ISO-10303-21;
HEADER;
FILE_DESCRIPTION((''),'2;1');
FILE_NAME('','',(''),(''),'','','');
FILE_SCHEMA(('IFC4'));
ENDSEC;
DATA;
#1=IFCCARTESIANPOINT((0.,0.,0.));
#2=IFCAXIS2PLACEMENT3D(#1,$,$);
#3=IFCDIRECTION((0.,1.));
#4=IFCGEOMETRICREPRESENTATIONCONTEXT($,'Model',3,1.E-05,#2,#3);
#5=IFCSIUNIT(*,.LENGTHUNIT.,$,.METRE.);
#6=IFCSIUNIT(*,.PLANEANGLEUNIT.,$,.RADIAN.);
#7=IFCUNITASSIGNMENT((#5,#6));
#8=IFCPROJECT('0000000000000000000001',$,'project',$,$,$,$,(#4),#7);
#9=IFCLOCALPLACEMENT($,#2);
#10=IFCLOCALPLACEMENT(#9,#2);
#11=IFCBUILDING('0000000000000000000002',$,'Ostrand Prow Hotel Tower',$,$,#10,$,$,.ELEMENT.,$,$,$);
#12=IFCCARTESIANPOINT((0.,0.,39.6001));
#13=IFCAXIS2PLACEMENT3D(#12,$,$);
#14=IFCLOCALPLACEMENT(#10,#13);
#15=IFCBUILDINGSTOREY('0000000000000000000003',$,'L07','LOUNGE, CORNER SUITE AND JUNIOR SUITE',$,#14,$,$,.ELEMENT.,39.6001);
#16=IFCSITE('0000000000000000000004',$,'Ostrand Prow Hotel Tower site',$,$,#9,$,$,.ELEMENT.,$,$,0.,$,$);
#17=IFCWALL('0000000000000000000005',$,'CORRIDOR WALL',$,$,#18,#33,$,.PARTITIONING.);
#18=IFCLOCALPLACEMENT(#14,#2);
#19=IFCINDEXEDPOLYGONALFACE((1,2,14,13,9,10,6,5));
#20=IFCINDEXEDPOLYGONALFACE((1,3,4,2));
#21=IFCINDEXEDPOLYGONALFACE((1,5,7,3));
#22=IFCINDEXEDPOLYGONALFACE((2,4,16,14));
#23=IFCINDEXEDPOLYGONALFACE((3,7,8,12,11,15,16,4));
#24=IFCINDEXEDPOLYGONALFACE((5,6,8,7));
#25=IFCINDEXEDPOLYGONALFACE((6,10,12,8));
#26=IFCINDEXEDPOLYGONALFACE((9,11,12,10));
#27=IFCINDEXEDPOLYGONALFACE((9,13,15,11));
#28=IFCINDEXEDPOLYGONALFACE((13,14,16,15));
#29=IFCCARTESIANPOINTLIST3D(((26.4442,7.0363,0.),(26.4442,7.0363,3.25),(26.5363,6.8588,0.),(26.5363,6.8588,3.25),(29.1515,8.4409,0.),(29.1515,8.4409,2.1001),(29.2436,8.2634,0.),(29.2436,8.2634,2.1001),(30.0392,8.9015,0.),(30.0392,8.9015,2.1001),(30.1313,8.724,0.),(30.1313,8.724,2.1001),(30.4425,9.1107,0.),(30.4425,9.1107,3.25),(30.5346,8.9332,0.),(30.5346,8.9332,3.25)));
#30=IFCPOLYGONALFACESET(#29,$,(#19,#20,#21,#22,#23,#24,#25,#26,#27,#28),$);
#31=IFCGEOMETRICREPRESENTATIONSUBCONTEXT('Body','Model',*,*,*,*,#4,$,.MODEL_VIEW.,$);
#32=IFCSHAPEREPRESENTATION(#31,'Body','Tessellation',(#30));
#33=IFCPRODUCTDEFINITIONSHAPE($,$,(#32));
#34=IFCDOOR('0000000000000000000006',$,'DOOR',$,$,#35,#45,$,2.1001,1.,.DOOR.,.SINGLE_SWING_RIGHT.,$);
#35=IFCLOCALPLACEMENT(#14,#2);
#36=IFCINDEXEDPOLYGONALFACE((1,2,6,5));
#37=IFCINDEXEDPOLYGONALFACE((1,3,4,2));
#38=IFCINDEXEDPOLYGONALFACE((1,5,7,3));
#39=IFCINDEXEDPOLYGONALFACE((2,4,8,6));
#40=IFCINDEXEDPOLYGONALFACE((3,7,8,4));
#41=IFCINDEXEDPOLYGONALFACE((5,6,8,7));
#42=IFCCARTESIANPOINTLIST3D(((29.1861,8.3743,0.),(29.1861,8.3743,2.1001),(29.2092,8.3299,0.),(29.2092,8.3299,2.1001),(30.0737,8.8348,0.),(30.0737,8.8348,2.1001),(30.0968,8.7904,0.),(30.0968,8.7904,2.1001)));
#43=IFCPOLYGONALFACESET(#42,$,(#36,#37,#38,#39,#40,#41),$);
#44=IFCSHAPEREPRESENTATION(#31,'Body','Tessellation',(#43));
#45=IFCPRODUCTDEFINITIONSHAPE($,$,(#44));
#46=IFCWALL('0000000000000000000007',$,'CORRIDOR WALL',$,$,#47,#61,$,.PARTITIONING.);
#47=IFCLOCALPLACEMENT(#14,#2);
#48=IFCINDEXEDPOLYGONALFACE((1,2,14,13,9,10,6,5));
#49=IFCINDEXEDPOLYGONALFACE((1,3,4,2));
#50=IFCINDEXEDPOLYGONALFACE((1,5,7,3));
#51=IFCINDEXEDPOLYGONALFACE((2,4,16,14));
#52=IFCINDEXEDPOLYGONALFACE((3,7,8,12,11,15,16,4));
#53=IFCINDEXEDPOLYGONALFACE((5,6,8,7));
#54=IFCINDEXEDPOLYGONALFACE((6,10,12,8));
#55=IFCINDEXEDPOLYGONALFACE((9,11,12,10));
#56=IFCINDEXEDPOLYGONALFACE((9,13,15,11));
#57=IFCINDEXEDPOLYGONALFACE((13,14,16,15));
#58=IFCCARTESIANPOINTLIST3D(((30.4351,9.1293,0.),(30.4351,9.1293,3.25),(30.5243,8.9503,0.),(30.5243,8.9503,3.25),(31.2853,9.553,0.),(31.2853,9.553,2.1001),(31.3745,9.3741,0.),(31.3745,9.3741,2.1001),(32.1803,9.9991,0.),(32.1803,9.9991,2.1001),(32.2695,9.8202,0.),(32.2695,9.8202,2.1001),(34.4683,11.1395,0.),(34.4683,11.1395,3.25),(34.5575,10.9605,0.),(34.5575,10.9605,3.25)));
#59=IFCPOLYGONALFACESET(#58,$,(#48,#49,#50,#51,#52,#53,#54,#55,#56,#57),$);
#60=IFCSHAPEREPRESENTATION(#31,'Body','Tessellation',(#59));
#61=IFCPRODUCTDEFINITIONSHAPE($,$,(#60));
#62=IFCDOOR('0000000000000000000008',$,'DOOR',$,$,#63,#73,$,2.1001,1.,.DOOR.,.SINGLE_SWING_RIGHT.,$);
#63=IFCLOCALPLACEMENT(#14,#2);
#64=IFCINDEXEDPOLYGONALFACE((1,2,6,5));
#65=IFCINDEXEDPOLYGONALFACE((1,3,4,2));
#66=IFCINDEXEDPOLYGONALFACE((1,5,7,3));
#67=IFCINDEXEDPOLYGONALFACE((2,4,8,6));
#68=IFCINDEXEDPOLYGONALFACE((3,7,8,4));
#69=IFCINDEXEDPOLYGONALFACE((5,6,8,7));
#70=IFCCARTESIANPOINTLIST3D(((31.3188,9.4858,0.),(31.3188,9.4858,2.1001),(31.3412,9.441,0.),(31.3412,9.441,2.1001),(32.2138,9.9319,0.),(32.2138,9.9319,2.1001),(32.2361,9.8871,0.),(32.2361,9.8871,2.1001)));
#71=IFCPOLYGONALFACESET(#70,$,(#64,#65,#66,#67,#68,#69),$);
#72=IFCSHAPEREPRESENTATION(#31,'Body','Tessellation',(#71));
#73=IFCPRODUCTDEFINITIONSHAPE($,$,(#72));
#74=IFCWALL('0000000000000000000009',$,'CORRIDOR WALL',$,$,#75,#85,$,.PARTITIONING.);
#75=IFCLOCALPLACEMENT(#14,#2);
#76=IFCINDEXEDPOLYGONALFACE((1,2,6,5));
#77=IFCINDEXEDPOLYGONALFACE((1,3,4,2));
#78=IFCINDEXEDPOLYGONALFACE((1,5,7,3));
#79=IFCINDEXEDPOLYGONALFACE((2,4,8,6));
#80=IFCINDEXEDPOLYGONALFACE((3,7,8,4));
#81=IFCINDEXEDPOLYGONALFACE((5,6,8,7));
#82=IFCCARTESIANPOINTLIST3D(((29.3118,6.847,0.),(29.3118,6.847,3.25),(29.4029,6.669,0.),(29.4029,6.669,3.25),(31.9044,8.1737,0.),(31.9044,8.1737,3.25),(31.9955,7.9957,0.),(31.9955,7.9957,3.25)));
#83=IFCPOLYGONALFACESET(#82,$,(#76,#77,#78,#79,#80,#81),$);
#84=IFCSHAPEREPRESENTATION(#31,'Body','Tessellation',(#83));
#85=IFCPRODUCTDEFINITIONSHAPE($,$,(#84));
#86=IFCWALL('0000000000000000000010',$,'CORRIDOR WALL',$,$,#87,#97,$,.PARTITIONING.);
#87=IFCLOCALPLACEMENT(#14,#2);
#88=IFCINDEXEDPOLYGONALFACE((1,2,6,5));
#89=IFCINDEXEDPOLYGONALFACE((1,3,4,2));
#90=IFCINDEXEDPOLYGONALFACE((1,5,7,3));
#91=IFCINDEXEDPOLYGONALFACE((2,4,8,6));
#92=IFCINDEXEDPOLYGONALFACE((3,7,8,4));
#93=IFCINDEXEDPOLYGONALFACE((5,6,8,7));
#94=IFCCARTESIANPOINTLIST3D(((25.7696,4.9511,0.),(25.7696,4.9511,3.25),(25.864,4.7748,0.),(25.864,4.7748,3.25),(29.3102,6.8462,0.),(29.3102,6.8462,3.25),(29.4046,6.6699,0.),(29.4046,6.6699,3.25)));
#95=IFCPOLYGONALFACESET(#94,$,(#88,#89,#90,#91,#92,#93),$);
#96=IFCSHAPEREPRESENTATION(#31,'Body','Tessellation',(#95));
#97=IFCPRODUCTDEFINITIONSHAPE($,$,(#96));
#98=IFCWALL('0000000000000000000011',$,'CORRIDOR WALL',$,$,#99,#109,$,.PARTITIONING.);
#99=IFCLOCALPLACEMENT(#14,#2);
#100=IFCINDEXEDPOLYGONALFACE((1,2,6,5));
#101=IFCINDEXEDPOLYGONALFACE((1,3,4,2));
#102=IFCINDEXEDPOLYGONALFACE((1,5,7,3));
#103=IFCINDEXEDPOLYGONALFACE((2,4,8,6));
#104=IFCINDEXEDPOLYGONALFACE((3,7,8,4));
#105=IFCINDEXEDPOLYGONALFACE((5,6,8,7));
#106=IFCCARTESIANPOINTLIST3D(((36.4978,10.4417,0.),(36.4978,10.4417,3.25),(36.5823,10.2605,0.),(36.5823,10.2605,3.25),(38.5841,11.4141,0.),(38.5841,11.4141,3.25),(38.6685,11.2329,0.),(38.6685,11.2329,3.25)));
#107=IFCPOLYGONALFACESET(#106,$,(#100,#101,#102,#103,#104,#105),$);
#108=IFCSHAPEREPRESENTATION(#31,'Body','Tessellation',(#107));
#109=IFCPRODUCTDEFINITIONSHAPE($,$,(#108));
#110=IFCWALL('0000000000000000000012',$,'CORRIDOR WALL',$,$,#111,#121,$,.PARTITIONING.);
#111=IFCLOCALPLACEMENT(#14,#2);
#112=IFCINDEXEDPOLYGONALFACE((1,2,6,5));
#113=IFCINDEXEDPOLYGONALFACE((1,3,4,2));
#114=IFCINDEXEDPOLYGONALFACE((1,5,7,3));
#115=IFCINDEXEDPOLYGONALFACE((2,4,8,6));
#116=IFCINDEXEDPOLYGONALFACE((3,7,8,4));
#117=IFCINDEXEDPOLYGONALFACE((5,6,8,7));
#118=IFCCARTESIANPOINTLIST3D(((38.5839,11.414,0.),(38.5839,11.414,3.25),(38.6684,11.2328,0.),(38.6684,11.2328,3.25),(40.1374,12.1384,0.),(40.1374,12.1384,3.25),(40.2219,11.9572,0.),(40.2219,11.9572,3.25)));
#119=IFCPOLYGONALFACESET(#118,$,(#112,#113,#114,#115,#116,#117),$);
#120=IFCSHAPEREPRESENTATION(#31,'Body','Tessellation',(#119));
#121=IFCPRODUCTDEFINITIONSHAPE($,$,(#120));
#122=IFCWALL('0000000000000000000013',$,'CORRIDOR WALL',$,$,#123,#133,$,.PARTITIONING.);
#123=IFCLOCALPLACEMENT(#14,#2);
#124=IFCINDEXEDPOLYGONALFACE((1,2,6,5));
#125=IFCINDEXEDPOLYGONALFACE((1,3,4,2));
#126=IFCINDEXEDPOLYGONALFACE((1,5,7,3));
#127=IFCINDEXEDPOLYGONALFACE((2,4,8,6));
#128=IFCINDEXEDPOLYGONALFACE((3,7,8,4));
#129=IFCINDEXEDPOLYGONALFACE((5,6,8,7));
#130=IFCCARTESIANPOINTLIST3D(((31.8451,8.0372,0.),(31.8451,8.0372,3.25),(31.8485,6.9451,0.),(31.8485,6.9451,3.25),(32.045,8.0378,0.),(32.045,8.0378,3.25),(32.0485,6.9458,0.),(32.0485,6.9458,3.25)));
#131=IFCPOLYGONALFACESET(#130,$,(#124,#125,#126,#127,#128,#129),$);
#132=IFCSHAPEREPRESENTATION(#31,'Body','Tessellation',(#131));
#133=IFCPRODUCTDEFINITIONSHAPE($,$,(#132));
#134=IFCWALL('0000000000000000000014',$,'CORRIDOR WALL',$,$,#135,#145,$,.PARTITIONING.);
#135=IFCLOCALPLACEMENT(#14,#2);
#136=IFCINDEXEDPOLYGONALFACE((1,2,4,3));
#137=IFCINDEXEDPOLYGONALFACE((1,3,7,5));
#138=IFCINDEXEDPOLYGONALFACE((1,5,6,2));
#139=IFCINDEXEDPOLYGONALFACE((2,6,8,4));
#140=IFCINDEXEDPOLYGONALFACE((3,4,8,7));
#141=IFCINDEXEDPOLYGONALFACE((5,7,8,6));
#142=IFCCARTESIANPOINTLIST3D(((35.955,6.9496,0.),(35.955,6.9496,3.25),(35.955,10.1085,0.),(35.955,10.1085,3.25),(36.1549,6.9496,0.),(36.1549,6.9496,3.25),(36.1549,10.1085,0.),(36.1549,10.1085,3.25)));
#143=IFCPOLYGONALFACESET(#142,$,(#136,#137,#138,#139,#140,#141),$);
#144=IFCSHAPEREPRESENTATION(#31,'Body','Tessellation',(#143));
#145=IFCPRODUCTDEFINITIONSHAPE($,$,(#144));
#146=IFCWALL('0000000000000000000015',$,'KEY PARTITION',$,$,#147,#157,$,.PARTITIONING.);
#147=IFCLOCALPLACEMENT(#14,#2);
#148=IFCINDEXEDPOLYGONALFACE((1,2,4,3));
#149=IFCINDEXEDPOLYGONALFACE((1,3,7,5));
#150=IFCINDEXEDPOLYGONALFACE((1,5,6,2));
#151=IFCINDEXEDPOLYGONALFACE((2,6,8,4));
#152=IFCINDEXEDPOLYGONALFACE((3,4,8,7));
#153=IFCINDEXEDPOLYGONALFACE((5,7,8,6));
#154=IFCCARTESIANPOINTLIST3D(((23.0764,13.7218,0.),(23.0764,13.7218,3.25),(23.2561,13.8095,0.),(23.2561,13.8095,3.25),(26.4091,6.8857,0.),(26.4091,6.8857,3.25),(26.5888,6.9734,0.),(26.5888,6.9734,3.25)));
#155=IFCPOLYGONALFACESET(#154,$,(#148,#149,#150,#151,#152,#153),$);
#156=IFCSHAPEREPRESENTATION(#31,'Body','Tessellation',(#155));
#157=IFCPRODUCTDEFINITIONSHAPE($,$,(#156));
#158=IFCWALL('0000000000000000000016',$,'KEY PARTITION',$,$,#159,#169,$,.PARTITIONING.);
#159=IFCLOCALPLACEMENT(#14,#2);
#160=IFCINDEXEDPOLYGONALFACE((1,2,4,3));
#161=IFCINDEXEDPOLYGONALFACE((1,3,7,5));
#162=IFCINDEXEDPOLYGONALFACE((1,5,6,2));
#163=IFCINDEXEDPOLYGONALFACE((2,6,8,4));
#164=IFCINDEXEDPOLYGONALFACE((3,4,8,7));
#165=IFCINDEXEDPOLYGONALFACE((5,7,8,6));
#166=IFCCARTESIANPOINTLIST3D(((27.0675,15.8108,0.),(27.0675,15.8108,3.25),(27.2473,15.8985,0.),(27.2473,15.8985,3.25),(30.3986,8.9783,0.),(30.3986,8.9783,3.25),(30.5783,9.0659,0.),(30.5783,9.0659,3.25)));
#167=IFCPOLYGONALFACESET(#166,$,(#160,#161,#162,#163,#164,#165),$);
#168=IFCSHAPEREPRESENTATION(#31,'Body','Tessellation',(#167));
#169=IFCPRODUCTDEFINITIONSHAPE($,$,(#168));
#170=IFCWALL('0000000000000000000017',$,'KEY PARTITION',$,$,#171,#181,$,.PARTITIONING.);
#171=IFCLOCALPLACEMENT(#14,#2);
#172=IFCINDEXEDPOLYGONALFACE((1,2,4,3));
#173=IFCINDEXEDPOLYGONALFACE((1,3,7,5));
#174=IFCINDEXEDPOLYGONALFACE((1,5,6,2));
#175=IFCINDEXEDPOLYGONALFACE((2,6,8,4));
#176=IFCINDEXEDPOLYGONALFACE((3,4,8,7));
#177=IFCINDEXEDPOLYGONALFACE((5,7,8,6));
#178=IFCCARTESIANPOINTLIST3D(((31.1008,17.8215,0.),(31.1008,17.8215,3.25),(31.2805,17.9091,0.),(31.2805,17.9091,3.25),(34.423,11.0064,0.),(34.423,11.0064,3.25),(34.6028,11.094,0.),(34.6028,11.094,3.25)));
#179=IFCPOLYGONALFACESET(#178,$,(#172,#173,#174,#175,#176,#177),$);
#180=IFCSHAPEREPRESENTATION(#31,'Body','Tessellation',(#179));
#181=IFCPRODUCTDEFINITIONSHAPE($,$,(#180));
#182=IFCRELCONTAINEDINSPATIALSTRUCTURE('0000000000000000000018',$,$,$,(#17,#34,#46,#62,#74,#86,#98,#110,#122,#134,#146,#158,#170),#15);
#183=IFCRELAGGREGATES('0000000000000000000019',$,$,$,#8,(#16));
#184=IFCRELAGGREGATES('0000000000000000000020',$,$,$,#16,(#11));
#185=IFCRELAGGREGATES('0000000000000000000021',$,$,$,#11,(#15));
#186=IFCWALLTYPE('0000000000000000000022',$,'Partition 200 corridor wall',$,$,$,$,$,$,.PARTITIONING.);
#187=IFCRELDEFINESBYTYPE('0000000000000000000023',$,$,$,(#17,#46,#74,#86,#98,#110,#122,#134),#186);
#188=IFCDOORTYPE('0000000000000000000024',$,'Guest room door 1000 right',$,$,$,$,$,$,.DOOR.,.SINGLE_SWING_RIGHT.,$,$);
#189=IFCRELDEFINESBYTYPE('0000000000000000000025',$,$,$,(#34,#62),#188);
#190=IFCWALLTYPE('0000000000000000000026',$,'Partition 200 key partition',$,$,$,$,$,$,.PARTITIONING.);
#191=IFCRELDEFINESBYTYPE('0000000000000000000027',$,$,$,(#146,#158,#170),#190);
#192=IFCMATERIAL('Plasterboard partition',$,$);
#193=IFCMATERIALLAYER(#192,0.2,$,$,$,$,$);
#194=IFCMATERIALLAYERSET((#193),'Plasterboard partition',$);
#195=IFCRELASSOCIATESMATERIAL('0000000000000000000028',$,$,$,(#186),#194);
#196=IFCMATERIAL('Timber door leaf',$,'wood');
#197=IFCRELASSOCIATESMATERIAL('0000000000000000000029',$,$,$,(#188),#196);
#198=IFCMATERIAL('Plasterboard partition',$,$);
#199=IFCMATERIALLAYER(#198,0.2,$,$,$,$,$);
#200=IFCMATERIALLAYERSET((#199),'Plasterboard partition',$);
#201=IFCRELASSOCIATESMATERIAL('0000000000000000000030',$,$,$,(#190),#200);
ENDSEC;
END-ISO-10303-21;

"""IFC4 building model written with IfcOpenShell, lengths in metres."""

from ifc_helpers import new_model, si_unit, direction, frame, frame_2d, origin, place, context, subcontext, project, spatial, rectangle, extrude, material, layer, layer_set, type_object, element, fill, save


model = new_model("IFC4")

# Units and contexts
model_context = context("Model", 3, precision=1e-05, world=origin(), true_north=direction((0.0, 1.0)))
body_context = subcontext(model_context, "Body", "Model", "MODEL_VIEW")
ifc_project = project(units=[si_unit("LENGTHUNIT", "METRE"), si_unit("PLANEANGLEUNIT", "RADIAN")], contexts=[model_context])

# Site, building, storey
site_placement = place(None, origin())
site = spatial("IfcSite", under=ifc_project, at=site_placement, Name="Ostrand Prow Hotel Tower site", CompositionType="ELEMENT", RefElevation=0.0)
building_placement = place(site_placement, origin())
building = spatial("IfcBuilding", under=site, at=building_placement, Name="Ostrand Prow Hotel Tower", CompositionType="ELEMENT")
storey_placement = place(building_placement, frame((0.0, 0.0, 39.6001)))
storey = spatial("IfcBuildingStorey", under=building, at=storey_placement, Name="L07", Description="LOUNGE, CORNER SUITE AND JUNIOR SUITE", CompositionType="ELEMENT", Elevation=39.6001)

# Walls, openings, doors
ifc_material_1 = material(Name="Plasterboard partition")
ifc_layer_1 = layer(ifc_material_1, 0.2)
ifc_layer_set_1 = layer_set([ifc_layer_1], Name="Plasterboard partition")
wall_type_1 = type_object("IfcWallType", Name="Partition 200 corridor wall", PredefinedType="PARTITIONING", material=ifc_layer_set_1)
wall_1_placement = place(storey_placement, frame((26.4902, 6.9475, 0.0), z_axis=(0.0, 0.0, 1.0), x_axis=(0.887639, 0.46054, 0.0)))
wall_1 = element("IfcWall", 1, at=wall_1_placement, inside=storey, type_object=wall_type_1, Name="CORRIDOR WALL", PredefinedType="PARTITIONING", context=body_context, shape_type="SweptSolid", body=[
    extrude(rectangle(XDim=4.5044, YDim=0.2, at=frame_2d((2.2522, 0.0))), origin(), (0.0, 0.0, 1.0), 3.25),
])
opening_1_placement = place(wall_1_placement, frame((3.05, 0.0, 0.0)))
opening_1 = element("IfcOpeningElement", 2, at=opening_1_placement, cuts=wall_1, PredefinedType="OPENING", context=body_context, shape_type="SweptSolid", body=[
    extrude(rectangle(XDim=1.0, YDim=2.1001, at=frame_2d((0.5, 1.05))), frame((0.0, 0.1099, 0.0), z_axis=(0.0, -1.0, 0.0), x_axis=(1.0, 0.0, 0.0)), (0.0, 0.0, 1.0), 0.22),
])
ifc_material_2 = material(Name="Timber door leaf", Category="wood")
door_type_1 = type_object("IfcDoorType", Name="Guest room door 1000 right", OperationType="SINGLE_SWING_RIGHT", PredefinedType="DOOR", material=ifc_material_2)
door_1_placement = place(opening_1_placement, origin())
door_1 = element("IfcDoor", 3, at=door_1_placement, inside=storey, type_object=door_type_1, Name="DOOR", OperationType="SINGLE_SWING_RIGHT", OverallHeight=2.1001, OverallWidth=1.0, PredefinedType="DOOR", context=body_context, shape_type="SweptSolid", body=[
    extrude(rectangle(XDim=1.0, YDim=2.1001, at=frame_2d((0.5, 1.05))), frame((0.0, 0.0249, 0.0), z_axis=(0.0, -1.0, 0.0), x_axis=(1.0, 0.0, 0.0)), (0.0, 0.0, 1.0), 0.05),
])
fill(opening_1, door_1)
wall_2_placement = place(storey_placement, frame((30.4797, 9.0398, 0.0), z_axis=(0.0, 0.0, 1.0), x_axis=(0.89499, 0.446086, 0.0)))
wall_2 = element("IfcWall", 4, at=wall_2_placement, inside=storey, type_object=wall_type_1, Name="CORRIDOR WALL", PredefinedType="PARTITIONING", context=body_context, shape_type="SweptSolid", body=[
    extrude(rectangle(XDim=4.5063, YDim=0.2, at=frame_2d((2.2532, 0.0))), origin(), (0.0, 0.0, 1.0), 3.25),
])
opening_2_placement = place(wall_2_placement, frame((0.95, 0.0, 0.0)))
opening_2 = element("IfcOpeningElement", 5, at=opening_2_placement, cuts=wall_2, PredefinedType="OPENING", context=body_context, shape_type="SweptSolid", body=[
    extrude(rectangle(XDim=1.0, YDim=2.1001, at=frame_2d((0.5, 1.05))), frame((0.0, 0.1099, 0.0), z_axis=(0.0, -1.0, 0.0), x_axis=(1.0, 0.0, 0.0)), (0.0, 0.0, 1.0), 0.22),
])
door_2_placement = place(opening_2_placement, origin())
door_2 = element("IfcDoor", 6, at=door_2_placement, inside=storey, type_object=door_type_1, Name="DOOR", OperationType="SINGLE_SWING_RIGHT", OverallHeight=2.1001, OverallWidth=1.0, PredefinedType="DOOR", context=body_context, shape_type="SweptSolid", body=[
    extrude(rectangle(XDim=1.0, YDim=2.1001, at=frame_2d((0.5, 1.05))), frame((0.0, 0.0249, 0.0), z_axis=(0.0, -1.0, 0.0), x_axis=(1.0, 0.0, 0.0)), (0.0, 0.0, 1.0), 0.05),
])
fill(opening_2, door_2)

# Walls
wall_3_placement = place(storey_placement, frame((29.3574, 6.7581, 0.0), z_axis=(0.0, 0.0, 1.0), x_axis=(0.890213, 0.455544, 0.0)))
element("IfcWall", 7, at=wall_3_placement, inside=storey, type_object=wall_type_1, Name="CORRIDOR WALL", PredefinedType="PARTITIONING", context=body_context, shape_type="SweptSolid", body=[
    extrude(rectangle(XDim=2.9124, YDim=0.2, at=frame_2d((1.4561, 0.0))), origin(), (0.0, 0.0, 1.0), 3.25),
])
wall_4_placement = place(storey_placement, frame((25.8169, 4.863, 0.0), z_axis=(0.0, 0.0, 1.0), x_axis=(0.881655, 0.471894, 0.0)))
element("IfcWall", 8, at=wall_4_placement, inside=storey, type_object=wall_type_1, Name="CORRIDOR WALL", PredefinedType="PARTITIONING", context=body_context, shape_type="SweptSolid", body=[
    extrude(rectangle(XDim=4.0159, YDim=0.2, at=frame_2d((2.0078, 0.0))), origin(), (0.0, 0.0, 1.0), 3.25),
])
wall_5_placement = place(storey_placement, frame((36.54, 10.3511, 0.0), z_axis=(0.0, 0.0, 1.0), x_axis=(0.906373, 0.422479, 0.0)))
element("IfcWall", 9, at=wall_5_placement, inside=storey, type_object=wall_type_1, Name="CORRIDOR WALL", PredefinedType="PARTITIONING", context=body_context, shape_type="SweptSolid", body=[
    extrude(rectangle(XDim=2.3018, YDim=0.2, at=frame_2d((1.1509, 0.0))), origin(), (0.0, 0.0, 1.0), 3.25),
])
wall_6_placement = place(storey_placement, frame((38.6262, 11.3235, 0.0), z_axis=(0.0, 0.0, 1.0), x_axis=(0.906314, 0.422605, 0.0)))
element("IfcWall", 10, at=wall_6_placement, inside=storey, type_object=wall_type_1, Name="CORRIDOR WALL", PredefinedType="PARTITIONING", context=body_context, shape_type="SweptSolid", body=[
    extrude(rectangle(XDim=1.7141, YDim=0.2, at=frame_2d((0.8569, 0.0))), origin(), (0.0, 0.0, 1.0), 3.25),
])
wall_7_placement = place(storey_placement, frame((31.9451, 8.0374, 0.0), z_axis=(0.0, 0.0, 1.0), x_axis=(0.00313, -0.999995, 0.0)))
element("IfcWall", 11, at=wall_7_placement, inside=storey, type_object=wall_type_1, Name="CORRIDOR WALL", PredefinedType="PARTITIONING", context=body_context, shape_type="SweptSolid", body=[
    extrude(rectangle(XDim=1.092, YDim=0.2, at=frame_2d((0.5459, 0.0))), origin(), (0.0, 0.0, 1.0), 3.25),
])
wall_8_placement = place(storey_placement, frame((36.0549, 6.9495, 0.0), z_axis=(0.0, 0.0, 1.0), x_axis=(0.0, 1.0, 0.0)))
element("IfcWall", 12, at=wall_8_placement, inside=storey, type_object=wall_type_1, Name="CORRIDOR WALL", PredefinedType="PARTITIONING", context=body_context, shape_type="SweptSolid", body=[
    extrude(rectangle(XDim=3.1589, YDim=0.2, at=frame_2d((1.5796, 0.0))), origin(), (0.0, 0.0, 1.0), 3.25),
])
ifc_material_3 = material(Name="Plasterboard partition")
ifc_layer_2 = layer(ifc_material_3, 0.2)
ifc_layer_set_2 = layer_set([ifc_layer_2], Name="Plasterboard partition")
wall_type_2 = type_object("IfcWallType", Name="Partition 200 key partition", PredefinedType="PARTITIONING", material=ifc_layer_set_2)
wall_9_placement = place(storey_placement, frame((26.499, 6.9294, 0.0), z_axis=(0.0, 0.0, 1.0), x_axis=(-0.438216, 0.89887, 0.0)))
element("IfcWall", 13, at=wall_9_placement, inside=storey, type_object=wall_type_2, Name="KEY PARTITION", PredefinedType="PARTITIONING", context=body_context, shape_type="SweptSolid", body=[
    extrude(rectangle(XDim=7.6052, YDim=0.2, at=frame_2d((3.8027, 0.0))), origin(), (0.0, 0.0, 1.0), 3.25),
])
wall_10_placement = place(storey_placement, frame((30.4885, 9.022, 0.0), z_axis=(0.0, 0.0, 1.0), x_axis=(-0.438224, 0.898866, 0.0)))
element("IfcWall", 14, at=wall_10_placement, inside=storey, type_object=wall_type_2, Name="KEY PARTITION", PredefinedType="PARTITIONING", context=body_context, shape_type="SweptSolid", body=[
    extrude(rectangle(XDim=7.6013, YDim=0.2, at=frame_2d((3.8008, 0.0))), origin(), (0.0, 0.0, 1.0), 3.25),
])
wall_11_placement = place(storey_placement, frame((34.5129, 11.05, 0.0), z_axis=(0.0, 0.0, 1.0), x_axis=(-0.438188, 0.898884, 0.0)))
element("IfcWall", 15, at=wall_11_placement, inside=storey, type_object=wall_type_2, Name="KEY PARTITION", PredefinedType="PARTITIONING", context=body_context, shape_type="SweptSolid", body=[
    extrude(rectangle(XDim=7.5818, YDim=0.2, at=frame_2d((3.791, 0.0))), origin(), (0.0, 0.0, 1.0), 3.25),
])

save(model, "model.ifc")
